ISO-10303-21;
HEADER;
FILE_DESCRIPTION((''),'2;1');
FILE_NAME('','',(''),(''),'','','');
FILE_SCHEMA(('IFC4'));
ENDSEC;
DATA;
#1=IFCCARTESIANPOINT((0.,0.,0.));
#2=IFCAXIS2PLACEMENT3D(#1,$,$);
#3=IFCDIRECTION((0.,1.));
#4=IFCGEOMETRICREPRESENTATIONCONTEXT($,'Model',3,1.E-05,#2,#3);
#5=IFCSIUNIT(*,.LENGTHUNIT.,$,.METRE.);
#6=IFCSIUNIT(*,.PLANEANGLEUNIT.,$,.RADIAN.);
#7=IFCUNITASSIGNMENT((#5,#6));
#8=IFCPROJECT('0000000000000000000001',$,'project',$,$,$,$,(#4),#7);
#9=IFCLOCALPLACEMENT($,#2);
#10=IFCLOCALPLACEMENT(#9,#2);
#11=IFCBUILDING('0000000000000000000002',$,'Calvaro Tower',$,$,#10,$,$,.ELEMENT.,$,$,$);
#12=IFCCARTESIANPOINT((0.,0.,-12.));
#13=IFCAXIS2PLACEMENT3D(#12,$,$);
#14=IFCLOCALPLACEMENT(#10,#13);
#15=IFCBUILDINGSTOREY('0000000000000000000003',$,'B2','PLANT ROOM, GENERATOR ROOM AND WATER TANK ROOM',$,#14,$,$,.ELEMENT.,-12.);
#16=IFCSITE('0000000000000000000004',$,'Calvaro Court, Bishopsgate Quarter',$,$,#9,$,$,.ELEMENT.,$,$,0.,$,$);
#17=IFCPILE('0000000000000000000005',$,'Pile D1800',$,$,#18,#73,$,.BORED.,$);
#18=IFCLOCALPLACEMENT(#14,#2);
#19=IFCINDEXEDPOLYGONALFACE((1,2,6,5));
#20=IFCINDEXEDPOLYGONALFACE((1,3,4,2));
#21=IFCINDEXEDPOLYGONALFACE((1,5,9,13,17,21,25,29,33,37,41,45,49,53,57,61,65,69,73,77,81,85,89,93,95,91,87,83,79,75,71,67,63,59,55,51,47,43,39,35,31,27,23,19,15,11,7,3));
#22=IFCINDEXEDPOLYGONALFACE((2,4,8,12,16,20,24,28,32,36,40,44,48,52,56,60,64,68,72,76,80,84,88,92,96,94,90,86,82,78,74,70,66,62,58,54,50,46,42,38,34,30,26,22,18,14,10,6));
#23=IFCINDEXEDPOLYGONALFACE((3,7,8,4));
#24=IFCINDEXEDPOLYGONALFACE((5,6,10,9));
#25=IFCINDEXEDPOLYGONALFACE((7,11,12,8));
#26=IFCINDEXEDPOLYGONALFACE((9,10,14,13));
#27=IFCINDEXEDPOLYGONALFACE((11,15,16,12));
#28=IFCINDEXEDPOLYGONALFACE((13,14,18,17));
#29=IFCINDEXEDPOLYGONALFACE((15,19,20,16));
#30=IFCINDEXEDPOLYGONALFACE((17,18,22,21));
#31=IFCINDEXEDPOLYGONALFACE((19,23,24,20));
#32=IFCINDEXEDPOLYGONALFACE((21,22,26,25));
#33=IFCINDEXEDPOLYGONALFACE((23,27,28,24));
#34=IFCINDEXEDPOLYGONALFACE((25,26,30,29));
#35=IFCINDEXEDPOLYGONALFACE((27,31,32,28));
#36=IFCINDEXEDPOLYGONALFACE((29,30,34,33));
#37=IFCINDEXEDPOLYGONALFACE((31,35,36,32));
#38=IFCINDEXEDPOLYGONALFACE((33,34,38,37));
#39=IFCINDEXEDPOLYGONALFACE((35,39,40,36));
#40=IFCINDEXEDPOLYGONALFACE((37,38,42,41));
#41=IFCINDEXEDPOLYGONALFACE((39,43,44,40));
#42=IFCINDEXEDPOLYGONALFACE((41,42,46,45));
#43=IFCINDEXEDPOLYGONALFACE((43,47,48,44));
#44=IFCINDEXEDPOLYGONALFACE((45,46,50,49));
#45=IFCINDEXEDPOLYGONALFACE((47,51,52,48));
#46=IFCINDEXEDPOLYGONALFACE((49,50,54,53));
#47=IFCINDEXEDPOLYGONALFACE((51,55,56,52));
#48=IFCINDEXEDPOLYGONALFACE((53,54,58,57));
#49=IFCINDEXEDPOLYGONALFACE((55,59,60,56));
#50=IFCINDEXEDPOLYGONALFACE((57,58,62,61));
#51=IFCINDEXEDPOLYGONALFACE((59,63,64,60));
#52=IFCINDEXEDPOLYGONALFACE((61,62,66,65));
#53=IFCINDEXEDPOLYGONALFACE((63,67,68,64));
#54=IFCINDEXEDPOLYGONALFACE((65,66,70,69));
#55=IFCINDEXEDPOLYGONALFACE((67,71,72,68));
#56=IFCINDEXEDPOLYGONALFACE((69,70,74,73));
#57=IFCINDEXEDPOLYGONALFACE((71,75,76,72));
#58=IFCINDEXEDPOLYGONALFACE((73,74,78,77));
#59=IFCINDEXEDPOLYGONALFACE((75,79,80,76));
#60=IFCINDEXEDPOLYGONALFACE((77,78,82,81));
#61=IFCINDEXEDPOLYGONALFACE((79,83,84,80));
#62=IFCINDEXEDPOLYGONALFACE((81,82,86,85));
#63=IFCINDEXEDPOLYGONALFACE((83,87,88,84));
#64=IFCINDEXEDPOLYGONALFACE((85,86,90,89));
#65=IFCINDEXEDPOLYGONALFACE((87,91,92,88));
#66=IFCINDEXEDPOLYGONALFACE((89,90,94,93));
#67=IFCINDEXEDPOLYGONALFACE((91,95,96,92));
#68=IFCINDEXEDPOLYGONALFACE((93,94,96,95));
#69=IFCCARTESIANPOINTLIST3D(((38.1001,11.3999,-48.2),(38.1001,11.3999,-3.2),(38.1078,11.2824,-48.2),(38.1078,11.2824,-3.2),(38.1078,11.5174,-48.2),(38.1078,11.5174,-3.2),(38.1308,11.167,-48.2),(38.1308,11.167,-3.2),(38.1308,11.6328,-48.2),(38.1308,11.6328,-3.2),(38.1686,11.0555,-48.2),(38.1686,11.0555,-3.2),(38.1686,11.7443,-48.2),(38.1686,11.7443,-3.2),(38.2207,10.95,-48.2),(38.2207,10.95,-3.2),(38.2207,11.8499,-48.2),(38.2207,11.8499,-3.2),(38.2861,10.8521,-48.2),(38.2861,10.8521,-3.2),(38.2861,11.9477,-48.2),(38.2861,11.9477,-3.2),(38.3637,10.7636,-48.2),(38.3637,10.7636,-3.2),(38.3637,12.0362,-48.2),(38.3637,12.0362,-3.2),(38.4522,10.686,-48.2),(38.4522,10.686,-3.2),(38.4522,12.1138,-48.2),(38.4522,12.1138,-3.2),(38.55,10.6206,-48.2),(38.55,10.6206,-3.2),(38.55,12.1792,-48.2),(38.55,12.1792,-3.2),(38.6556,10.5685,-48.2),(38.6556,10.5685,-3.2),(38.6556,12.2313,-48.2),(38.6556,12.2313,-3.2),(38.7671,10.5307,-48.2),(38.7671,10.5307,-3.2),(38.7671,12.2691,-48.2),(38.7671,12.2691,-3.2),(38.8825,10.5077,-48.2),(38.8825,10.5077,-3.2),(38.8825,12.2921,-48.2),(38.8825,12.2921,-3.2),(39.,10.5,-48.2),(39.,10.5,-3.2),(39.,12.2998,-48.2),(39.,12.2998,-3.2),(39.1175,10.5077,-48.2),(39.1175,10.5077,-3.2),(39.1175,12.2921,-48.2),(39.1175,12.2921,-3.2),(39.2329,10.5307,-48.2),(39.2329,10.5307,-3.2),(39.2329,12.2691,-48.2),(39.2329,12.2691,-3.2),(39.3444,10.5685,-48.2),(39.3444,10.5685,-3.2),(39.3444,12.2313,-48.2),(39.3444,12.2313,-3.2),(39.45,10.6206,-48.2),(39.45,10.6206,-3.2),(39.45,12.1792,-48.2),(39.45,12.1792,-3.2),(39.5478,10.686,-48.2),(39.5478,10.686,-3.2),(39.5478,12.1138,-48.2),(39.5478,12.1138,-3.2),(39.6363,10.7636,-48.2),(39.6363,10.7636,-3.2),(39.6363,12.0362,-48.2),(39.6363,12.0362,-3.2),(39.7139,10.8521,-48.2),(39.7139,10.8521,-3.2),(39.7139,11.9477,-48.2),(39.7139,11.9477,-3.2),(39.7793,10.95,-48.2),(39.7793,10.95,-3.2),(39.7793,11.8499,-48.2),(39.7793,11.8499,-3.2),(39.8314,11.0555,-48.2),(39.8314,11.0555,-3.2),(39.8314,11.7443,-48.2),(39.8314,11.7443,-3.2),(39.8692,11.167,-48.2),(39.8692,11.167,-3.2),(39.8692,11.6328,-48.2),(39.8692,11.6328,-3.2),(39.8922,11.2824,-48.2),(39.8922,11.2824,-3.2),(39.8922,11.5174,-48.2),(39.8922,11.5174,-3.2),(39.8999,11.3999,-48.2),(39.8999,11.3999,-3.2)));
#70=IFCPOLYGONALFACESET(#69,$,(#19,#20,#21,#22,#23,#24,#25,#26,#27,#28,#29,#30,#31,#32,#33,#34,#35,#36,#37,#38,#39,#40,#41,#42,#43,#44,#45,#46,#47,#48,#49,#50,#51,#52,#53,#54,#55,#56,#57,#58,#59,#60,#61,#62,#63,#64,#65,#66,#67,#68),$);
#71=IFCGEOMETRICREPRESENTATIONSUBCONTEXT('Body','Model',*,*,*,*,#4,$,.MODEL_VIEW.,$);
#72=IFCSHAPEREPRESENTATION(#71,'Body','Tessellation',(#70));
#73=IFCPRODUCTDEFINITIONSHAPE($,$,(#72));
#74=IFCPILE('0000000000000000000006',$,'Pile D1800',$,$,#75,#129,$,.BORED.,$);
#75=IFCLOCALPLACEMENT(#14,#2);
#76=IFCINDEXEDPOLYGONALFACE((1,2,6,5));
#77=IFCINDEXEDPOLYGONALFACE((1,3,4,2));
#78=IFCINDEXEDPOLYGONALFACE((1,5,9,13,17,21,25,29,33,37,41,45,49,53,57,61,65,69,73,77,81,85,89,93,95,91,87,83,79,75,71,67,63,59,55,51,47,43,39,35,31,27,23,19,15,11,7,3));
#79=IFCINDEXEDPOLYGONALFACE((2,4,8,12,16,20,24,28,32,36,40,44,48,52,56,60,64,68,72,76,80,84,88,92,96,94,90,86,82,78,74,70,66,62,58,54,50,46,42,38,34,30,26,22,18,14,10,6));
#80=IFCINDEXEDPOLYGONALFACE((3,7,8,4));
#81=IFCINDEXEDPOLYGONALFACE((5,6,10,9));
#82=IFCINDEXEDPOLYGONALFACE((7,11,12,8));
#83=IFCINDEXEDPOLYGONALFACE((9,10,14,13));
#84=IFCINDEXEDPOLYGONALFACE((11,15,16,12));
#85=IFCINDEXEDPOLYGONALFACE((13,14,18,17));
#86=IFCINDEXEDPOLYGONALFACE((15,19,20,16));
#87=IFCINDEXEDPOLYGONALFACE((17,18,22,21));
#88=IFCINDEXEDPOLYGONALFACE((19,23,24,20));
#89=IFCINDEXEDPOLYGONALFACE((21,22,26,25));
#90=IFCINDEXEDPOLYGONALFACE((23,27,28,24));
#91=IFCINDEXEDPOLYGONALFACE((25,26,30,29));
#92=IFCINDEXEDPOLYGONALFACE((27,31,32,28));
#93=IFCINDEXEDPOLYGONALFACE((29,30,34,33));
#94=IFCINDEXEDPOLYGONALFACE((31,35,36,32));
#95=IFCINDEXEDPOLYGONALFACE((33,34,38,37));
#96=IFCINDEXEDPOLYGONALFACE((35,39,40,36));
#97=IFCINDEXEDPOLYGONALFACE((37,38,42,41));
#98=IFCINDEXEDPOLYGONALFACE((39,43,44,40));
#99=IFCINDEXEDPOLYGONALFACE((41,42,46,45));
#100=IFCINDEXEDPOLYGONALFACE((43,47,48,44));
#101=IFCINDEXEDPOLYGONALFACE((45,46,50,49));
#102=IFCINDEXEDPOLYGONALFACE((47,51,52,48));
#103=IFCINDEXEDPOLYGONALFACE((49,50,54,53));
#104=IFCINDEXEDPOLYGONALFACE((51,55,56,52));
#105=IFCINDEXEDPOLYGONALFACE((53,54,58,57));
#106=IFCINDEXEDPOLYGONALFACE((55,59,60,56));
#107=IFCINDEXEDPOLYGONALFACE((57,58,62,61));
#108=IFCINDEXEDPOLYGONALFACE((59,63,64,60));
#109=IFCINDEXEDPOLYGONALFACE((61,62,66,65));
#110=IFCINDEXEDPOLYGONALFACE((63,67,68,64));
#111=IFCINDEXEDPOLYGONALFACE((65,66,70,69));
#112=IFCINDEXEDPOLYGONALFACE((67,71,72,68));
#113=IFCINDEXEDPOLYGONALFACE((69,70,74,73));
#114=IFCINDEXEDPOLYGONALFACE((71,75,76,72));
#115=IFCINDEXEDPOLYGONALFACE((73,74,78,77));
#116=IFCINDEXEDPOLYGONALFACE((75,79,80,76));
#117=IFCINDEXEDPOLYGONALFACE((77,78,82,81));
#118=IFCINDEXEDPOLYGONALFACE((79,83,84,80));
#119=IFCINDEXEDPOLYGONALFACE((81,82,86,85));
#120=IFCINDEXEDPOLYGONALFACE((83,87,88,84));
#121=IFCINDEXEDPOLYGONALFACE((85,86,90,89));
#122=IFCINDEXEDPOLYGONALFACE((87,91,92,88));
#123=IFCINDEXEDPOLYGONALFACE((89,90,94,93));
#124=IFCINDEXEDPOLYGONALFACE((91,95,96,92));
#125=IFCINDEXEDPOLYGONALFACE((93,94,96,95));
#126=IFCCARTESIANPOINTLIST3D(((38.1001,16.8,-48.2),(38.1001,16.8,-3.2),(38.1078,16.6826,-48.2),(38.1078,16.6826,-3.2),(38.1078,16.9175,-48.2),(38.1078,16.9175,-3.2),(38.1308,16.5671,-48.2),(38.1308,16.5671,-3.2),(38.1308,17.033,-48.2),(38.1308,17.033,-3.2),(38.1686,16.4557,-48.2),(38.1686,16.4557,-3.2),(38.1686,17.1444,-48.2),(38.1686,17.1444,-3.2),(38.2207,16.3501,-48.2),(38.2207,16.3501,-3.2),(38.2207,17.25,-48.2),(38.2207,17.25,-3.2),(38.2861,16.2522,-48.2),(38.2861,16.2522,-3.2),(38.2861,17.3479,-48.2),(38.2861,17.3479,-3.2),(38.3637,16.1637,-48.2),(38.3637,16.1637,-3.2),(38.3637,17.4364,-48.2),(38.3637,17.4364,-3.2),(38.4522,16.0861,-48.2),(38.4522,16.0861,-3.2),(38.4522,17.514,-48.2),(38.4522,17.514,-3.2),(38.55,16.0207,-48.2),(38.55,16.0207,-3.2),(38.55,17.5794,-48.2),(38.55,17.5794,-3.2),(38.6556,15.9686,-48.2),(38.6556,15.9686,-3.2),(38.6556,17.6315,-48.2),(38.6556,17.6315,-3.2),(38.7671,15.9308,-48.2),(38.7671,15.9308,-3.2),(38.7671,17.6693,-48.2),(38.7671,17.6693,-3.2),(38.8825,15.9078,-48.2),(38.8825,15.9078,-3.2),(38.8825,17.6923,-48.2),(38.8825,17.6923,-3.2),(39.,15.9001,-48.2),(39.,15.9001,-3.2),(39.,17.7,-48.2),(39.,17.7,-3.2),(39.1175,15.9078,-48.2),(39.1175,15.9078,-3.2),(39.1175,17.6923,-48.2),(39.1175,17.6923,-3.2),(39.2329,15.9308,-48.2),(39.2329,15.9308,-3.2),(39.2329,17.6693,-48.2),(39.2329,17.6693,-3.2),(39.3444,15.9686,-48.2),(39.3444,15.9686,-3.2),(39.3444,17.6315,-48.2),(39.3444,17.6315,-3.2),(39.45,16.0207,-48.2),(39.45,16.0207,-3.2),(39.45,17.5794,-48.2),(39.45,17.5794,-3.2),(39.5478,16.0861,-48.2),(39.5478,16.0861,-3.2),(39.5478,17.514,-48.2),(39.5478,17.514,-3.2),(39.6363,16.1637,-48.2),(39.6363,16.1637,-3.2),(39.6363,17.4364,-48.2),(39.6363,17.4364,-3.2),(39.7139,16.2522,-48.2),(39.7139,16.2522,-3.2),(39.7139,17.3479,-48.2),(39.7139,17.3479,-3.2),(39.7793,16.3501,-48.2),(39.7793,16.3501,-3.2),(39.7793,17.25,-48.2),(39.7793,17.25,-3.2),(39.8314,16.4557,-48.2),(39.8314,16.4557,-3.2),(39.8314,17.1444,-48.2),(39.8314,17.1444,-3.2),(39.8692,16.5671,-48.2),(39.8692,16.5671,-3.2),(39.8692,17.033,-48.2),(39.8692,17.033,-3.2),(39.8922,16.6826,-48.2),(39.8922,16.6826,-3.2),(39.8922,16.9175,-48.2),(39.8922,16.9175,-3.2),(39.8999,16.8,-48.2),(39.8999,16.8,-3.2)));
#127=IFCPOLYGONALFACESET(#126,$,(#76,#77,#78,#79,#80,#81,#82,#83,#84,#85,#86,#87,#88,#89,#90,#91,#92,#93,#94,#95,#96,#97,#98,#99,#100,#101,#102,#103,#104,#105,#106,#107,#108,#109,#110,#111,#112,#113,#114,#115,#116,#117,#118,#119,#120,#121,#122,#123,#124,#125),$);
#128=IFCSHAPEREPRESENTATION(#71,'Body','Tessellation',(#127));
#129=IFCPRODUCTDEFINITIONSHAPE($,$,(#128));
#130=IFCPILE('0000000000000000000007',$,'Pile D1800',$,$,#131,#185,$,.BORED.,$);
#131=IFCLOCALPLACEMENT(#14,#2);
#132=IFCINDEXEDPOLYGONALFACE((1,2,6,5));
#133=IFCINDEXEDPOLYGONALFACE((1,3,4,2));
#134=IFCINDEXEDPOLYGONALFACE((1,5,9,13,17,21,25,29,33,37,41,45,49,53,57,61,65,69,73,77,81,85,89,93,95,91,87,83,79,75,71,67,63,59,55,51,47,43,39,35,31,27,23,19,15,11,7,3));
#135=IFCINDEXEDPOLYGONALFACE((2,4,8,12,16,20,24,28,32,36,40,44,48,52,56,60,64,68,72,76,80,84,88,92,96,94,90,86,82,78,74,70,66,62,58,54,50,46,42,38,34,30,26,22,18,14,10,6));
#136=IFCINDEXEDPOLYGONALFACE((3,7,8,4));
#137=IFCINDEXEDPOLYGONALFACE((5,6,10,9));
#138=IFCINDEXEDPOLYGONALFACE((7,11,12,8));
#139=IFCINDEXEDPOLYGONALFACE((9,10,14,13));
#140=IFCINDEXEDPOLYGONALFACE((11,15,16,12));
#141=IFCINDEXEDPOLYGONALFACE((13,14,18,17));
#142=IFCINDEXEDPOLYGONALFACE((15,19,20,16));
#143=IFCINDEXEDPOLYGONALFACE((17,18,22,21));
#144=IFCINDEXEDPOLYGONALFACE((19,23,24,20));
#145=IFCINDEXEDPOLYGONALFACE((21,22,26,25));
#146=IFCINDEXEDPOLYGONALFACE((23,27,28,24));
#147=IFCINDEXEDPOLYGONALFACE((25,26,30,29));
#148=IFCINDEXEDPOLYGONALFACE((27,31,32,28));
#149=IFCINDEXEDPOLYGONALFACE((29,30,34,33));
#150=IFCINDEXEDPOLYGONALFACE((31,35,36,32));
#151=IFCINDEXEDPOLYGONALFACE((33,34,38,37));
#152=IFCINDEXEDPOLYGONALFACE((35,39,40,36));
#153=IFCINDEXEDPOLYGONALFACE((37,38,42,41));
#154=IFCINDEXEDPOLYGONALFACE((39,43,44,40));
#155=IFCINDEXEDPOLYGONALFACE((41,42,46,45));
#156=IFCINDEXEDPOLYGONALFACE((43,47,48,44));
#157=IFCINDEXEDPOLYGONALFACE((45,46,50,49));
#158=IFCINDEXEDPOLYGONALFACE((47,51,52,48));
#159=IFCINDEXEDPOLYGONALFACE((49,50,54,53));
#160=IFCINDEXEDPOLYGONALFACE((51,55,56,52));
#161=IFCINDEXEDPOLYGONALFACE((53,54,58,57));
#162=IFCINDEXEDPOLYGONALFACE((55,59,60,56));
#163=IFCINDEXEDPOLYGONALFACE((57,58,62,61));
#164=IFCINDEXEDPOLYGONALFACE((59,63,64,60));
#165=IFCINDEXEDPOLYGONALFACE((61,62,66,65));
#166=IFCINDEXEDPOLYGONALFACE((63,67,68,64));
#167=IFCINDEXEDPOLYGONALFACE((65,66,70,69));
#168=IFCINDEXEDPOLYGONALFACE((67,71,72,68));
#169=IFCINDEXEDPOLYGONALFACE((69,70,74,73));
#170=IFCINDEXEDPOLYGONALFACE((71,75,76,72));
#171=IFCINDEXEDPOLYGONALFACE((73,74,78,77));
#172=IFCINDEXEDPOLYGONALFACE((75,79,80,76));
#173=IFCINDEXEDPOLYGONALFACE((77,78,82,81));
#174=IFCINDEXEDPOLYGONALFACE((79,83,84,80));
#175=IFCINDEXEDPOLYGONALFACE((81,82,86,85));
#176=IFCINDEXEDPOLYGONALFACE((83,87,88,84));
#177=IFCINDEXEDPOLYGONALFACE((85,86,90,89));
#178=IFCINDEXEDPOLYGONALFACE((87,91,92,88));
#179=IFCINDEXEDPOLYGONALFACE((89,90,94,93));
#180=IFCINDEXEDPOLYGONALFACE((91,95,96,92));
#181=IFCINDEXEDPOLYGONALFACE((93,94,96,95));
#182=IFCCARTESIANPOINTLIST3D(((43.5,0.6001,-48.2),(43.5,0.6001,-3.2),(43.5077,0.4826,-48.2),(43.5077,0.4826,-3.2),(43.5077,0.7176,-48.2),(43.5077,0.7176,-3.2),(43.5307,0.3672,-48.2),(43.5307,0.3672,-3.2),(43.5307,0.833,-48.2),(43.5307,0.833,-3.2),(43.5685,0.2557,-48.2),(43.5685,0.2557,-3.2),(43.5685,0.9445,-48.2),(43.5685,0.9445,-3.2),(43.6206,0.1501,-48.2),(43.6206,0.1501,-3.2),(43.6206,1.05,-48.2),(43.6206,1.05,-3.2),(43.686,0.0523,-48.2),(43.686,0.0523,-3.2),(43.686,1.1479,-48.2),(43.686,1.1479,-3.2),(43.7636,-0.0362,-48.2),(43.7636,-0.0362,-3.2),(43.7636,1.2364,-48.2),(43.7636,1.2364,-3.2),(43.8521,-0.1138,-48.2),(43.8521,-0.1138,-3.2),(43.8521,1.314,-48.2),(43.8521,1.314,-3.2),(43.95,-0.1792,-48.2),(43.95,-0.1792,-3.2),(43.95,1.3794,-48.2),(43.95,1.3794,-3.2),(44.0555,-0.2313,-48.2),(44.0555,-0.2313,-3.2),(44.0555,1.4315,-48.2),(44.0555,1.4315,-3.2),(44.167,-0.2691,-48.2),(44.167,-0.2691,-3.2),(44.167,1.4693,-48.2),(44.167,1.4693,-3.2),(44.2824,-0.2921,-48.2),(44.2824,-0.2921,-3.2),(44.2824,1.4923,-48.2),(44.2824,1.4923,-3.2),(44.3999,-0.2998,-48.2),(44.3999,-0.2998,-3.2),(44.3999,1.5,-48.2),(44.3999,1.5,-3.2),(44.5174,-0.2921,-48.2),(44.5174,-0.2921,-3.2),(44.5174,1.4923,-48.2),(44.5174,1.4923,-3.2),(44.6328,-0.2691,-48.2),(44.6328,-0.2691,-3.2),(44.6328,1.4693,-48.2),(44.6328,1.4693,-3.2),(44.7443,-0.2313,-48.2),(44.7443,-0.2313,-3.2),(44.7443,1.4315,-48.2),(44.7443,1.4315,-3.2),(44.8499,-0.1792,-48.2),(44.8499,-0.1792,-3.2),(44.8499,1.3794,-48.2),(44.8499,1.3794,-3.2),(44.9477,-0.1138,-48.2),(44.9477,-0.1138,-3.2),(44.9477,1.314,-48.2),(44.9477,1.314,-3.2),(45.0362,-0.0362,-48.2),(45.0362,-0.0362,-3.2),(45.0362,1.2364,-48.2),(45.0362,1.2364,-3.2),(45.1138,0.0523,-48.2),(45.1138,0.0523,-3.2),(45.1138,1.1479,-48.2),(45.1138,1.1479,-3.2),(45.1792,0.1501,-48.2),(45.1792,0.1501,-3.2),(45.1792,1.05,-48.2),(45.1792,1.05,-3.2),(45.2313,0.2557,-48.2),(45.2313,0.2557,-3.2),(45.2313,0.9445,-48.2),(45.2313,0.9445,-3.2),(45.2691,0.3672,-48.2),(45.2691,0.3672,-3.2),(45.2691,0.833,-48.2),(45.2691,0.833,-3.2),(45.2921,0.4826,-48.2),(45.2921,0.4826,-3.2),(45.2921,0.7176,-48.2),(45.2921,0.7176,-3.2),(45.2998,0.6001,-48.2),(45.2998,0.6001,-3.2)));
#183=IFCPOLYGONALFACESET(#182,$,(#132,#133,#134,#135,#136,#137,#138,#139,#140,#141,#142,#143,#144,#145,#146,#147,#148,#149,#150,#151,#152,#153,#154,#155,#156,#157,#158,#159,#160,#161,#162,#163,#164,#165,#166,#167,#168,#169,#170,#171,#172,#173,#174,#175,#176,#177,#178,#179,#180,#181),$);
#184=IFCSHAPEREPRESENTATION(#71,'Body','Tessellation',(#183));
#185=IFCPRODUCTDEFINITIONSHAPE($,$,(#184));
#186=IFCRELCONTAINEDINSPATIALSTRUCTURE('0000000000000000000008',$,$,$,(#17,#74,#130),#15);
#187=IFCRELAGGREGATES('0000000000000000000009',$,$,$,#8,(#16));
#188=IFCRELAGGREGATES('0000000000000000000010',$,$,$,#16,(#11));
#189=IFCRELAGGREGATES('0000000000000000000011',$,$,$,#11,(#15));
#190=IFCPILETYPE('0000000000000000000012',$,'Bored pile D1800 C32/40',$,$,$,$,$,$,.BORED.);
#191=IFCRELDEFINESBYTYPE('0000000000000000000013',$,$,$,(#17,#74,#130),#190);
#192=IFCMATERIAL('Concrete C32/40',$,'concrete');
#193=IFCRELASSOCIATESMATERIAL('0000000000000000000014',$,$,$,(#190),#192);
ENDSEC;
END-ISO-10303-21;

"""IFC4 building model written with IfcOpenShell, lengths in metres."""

from ifc_helpers import new_model, si_unit, direction, frame, origin, origin_2d, place, context, subcontext, project, spatial, circle, extrude, material, material_profile, profile_set, type_object, element, save


model = new_model("IFC4")

# Units and contexts
model_context = context("Model", 3, precision=1e-05, world=origin(), true_north=direction((0.0, 1.0)))
body_context = subcontext(model_context, "Body", "Model", "MODEL_VIEW")
ifc_project = project(units=[si_unit("LENGTHUNIT", "METRE"), si_unit("PLANEANGLEUNIT", "RADIAN")], contexts=[model_context])

# Site, building, storey
site_placement = place(None, origin())
site = spatial("IfcSite", under=ifc_project, at=site_placement, Name="Calvaro Court, Bishopsgate Quarter", CompositionType="ELEMENT", RefElevation=0.0)
building_placement = place(site_placement, origin())
building = spatial("IfcBuilding", under=site, at=building_placement, Name="Calvaro Tower", CompositionType="ELEMENT")
storey_placement = place(building_placement, frame((0.0, 0.0, -12.0)))
storey = spatial("IfcBuildingStorey", under=building, at=storey_placement, Name="B2", Description="PLANT ROOM, GENERATOR ROOM AND WATER TANK ROOM", CompositionType="ELEMENT", Elevation=-12.0)

# Piles
ifc_material_1 = material(Name="Concrete C32/40", Category="concrete")
ifc_material_profile_1 = material_profile(ifc_material_1, circle(Radius=0.8999, at=origin_2d()), Name="Bored pile D1800")
ifc_profile_set_1 = profile_set([ifc_material_profile_1], Name="Concrete C32/40")
pile_type = type_object("IfcPileType", Name="Bored pile D1800 C32/40", PredefinedType="BORED", material=ifc_profile_set_1)
for number, where, z_axis, x_axis, name in (
    (1, (39.0, 11.3999, -3.2), (0.0, 0.0, -1.0), (1.0, 0.0, 0.0), "Pile D1800"),
    (2, (39.0, 16.8, -3.2), (0.0, 0.0, -1.0), (1.0, 0.0, 0.0), "Pile D1800"),
    (3, (44.3999, 0.6001, -3.2), (0.0, 0.0, -1.0), (1.0, 0.0, 0.0), "Pile D1800"),
):
    element("IfcPile", number, at=place(storey_placement, frame(where, z_axis=z_axis, x_axis=x_axis)), inside=storey, type_object=pile_type, Name=name, PredefinedType="BORED", context=body_context, shape_type="SweptSolid", body=[
        extrude(circle(Radius=0.8999, at=origin_2d()), origin(), (0.0, 0.0, 1.0), 45.0),
    ])

save(model, "model.ifc")
